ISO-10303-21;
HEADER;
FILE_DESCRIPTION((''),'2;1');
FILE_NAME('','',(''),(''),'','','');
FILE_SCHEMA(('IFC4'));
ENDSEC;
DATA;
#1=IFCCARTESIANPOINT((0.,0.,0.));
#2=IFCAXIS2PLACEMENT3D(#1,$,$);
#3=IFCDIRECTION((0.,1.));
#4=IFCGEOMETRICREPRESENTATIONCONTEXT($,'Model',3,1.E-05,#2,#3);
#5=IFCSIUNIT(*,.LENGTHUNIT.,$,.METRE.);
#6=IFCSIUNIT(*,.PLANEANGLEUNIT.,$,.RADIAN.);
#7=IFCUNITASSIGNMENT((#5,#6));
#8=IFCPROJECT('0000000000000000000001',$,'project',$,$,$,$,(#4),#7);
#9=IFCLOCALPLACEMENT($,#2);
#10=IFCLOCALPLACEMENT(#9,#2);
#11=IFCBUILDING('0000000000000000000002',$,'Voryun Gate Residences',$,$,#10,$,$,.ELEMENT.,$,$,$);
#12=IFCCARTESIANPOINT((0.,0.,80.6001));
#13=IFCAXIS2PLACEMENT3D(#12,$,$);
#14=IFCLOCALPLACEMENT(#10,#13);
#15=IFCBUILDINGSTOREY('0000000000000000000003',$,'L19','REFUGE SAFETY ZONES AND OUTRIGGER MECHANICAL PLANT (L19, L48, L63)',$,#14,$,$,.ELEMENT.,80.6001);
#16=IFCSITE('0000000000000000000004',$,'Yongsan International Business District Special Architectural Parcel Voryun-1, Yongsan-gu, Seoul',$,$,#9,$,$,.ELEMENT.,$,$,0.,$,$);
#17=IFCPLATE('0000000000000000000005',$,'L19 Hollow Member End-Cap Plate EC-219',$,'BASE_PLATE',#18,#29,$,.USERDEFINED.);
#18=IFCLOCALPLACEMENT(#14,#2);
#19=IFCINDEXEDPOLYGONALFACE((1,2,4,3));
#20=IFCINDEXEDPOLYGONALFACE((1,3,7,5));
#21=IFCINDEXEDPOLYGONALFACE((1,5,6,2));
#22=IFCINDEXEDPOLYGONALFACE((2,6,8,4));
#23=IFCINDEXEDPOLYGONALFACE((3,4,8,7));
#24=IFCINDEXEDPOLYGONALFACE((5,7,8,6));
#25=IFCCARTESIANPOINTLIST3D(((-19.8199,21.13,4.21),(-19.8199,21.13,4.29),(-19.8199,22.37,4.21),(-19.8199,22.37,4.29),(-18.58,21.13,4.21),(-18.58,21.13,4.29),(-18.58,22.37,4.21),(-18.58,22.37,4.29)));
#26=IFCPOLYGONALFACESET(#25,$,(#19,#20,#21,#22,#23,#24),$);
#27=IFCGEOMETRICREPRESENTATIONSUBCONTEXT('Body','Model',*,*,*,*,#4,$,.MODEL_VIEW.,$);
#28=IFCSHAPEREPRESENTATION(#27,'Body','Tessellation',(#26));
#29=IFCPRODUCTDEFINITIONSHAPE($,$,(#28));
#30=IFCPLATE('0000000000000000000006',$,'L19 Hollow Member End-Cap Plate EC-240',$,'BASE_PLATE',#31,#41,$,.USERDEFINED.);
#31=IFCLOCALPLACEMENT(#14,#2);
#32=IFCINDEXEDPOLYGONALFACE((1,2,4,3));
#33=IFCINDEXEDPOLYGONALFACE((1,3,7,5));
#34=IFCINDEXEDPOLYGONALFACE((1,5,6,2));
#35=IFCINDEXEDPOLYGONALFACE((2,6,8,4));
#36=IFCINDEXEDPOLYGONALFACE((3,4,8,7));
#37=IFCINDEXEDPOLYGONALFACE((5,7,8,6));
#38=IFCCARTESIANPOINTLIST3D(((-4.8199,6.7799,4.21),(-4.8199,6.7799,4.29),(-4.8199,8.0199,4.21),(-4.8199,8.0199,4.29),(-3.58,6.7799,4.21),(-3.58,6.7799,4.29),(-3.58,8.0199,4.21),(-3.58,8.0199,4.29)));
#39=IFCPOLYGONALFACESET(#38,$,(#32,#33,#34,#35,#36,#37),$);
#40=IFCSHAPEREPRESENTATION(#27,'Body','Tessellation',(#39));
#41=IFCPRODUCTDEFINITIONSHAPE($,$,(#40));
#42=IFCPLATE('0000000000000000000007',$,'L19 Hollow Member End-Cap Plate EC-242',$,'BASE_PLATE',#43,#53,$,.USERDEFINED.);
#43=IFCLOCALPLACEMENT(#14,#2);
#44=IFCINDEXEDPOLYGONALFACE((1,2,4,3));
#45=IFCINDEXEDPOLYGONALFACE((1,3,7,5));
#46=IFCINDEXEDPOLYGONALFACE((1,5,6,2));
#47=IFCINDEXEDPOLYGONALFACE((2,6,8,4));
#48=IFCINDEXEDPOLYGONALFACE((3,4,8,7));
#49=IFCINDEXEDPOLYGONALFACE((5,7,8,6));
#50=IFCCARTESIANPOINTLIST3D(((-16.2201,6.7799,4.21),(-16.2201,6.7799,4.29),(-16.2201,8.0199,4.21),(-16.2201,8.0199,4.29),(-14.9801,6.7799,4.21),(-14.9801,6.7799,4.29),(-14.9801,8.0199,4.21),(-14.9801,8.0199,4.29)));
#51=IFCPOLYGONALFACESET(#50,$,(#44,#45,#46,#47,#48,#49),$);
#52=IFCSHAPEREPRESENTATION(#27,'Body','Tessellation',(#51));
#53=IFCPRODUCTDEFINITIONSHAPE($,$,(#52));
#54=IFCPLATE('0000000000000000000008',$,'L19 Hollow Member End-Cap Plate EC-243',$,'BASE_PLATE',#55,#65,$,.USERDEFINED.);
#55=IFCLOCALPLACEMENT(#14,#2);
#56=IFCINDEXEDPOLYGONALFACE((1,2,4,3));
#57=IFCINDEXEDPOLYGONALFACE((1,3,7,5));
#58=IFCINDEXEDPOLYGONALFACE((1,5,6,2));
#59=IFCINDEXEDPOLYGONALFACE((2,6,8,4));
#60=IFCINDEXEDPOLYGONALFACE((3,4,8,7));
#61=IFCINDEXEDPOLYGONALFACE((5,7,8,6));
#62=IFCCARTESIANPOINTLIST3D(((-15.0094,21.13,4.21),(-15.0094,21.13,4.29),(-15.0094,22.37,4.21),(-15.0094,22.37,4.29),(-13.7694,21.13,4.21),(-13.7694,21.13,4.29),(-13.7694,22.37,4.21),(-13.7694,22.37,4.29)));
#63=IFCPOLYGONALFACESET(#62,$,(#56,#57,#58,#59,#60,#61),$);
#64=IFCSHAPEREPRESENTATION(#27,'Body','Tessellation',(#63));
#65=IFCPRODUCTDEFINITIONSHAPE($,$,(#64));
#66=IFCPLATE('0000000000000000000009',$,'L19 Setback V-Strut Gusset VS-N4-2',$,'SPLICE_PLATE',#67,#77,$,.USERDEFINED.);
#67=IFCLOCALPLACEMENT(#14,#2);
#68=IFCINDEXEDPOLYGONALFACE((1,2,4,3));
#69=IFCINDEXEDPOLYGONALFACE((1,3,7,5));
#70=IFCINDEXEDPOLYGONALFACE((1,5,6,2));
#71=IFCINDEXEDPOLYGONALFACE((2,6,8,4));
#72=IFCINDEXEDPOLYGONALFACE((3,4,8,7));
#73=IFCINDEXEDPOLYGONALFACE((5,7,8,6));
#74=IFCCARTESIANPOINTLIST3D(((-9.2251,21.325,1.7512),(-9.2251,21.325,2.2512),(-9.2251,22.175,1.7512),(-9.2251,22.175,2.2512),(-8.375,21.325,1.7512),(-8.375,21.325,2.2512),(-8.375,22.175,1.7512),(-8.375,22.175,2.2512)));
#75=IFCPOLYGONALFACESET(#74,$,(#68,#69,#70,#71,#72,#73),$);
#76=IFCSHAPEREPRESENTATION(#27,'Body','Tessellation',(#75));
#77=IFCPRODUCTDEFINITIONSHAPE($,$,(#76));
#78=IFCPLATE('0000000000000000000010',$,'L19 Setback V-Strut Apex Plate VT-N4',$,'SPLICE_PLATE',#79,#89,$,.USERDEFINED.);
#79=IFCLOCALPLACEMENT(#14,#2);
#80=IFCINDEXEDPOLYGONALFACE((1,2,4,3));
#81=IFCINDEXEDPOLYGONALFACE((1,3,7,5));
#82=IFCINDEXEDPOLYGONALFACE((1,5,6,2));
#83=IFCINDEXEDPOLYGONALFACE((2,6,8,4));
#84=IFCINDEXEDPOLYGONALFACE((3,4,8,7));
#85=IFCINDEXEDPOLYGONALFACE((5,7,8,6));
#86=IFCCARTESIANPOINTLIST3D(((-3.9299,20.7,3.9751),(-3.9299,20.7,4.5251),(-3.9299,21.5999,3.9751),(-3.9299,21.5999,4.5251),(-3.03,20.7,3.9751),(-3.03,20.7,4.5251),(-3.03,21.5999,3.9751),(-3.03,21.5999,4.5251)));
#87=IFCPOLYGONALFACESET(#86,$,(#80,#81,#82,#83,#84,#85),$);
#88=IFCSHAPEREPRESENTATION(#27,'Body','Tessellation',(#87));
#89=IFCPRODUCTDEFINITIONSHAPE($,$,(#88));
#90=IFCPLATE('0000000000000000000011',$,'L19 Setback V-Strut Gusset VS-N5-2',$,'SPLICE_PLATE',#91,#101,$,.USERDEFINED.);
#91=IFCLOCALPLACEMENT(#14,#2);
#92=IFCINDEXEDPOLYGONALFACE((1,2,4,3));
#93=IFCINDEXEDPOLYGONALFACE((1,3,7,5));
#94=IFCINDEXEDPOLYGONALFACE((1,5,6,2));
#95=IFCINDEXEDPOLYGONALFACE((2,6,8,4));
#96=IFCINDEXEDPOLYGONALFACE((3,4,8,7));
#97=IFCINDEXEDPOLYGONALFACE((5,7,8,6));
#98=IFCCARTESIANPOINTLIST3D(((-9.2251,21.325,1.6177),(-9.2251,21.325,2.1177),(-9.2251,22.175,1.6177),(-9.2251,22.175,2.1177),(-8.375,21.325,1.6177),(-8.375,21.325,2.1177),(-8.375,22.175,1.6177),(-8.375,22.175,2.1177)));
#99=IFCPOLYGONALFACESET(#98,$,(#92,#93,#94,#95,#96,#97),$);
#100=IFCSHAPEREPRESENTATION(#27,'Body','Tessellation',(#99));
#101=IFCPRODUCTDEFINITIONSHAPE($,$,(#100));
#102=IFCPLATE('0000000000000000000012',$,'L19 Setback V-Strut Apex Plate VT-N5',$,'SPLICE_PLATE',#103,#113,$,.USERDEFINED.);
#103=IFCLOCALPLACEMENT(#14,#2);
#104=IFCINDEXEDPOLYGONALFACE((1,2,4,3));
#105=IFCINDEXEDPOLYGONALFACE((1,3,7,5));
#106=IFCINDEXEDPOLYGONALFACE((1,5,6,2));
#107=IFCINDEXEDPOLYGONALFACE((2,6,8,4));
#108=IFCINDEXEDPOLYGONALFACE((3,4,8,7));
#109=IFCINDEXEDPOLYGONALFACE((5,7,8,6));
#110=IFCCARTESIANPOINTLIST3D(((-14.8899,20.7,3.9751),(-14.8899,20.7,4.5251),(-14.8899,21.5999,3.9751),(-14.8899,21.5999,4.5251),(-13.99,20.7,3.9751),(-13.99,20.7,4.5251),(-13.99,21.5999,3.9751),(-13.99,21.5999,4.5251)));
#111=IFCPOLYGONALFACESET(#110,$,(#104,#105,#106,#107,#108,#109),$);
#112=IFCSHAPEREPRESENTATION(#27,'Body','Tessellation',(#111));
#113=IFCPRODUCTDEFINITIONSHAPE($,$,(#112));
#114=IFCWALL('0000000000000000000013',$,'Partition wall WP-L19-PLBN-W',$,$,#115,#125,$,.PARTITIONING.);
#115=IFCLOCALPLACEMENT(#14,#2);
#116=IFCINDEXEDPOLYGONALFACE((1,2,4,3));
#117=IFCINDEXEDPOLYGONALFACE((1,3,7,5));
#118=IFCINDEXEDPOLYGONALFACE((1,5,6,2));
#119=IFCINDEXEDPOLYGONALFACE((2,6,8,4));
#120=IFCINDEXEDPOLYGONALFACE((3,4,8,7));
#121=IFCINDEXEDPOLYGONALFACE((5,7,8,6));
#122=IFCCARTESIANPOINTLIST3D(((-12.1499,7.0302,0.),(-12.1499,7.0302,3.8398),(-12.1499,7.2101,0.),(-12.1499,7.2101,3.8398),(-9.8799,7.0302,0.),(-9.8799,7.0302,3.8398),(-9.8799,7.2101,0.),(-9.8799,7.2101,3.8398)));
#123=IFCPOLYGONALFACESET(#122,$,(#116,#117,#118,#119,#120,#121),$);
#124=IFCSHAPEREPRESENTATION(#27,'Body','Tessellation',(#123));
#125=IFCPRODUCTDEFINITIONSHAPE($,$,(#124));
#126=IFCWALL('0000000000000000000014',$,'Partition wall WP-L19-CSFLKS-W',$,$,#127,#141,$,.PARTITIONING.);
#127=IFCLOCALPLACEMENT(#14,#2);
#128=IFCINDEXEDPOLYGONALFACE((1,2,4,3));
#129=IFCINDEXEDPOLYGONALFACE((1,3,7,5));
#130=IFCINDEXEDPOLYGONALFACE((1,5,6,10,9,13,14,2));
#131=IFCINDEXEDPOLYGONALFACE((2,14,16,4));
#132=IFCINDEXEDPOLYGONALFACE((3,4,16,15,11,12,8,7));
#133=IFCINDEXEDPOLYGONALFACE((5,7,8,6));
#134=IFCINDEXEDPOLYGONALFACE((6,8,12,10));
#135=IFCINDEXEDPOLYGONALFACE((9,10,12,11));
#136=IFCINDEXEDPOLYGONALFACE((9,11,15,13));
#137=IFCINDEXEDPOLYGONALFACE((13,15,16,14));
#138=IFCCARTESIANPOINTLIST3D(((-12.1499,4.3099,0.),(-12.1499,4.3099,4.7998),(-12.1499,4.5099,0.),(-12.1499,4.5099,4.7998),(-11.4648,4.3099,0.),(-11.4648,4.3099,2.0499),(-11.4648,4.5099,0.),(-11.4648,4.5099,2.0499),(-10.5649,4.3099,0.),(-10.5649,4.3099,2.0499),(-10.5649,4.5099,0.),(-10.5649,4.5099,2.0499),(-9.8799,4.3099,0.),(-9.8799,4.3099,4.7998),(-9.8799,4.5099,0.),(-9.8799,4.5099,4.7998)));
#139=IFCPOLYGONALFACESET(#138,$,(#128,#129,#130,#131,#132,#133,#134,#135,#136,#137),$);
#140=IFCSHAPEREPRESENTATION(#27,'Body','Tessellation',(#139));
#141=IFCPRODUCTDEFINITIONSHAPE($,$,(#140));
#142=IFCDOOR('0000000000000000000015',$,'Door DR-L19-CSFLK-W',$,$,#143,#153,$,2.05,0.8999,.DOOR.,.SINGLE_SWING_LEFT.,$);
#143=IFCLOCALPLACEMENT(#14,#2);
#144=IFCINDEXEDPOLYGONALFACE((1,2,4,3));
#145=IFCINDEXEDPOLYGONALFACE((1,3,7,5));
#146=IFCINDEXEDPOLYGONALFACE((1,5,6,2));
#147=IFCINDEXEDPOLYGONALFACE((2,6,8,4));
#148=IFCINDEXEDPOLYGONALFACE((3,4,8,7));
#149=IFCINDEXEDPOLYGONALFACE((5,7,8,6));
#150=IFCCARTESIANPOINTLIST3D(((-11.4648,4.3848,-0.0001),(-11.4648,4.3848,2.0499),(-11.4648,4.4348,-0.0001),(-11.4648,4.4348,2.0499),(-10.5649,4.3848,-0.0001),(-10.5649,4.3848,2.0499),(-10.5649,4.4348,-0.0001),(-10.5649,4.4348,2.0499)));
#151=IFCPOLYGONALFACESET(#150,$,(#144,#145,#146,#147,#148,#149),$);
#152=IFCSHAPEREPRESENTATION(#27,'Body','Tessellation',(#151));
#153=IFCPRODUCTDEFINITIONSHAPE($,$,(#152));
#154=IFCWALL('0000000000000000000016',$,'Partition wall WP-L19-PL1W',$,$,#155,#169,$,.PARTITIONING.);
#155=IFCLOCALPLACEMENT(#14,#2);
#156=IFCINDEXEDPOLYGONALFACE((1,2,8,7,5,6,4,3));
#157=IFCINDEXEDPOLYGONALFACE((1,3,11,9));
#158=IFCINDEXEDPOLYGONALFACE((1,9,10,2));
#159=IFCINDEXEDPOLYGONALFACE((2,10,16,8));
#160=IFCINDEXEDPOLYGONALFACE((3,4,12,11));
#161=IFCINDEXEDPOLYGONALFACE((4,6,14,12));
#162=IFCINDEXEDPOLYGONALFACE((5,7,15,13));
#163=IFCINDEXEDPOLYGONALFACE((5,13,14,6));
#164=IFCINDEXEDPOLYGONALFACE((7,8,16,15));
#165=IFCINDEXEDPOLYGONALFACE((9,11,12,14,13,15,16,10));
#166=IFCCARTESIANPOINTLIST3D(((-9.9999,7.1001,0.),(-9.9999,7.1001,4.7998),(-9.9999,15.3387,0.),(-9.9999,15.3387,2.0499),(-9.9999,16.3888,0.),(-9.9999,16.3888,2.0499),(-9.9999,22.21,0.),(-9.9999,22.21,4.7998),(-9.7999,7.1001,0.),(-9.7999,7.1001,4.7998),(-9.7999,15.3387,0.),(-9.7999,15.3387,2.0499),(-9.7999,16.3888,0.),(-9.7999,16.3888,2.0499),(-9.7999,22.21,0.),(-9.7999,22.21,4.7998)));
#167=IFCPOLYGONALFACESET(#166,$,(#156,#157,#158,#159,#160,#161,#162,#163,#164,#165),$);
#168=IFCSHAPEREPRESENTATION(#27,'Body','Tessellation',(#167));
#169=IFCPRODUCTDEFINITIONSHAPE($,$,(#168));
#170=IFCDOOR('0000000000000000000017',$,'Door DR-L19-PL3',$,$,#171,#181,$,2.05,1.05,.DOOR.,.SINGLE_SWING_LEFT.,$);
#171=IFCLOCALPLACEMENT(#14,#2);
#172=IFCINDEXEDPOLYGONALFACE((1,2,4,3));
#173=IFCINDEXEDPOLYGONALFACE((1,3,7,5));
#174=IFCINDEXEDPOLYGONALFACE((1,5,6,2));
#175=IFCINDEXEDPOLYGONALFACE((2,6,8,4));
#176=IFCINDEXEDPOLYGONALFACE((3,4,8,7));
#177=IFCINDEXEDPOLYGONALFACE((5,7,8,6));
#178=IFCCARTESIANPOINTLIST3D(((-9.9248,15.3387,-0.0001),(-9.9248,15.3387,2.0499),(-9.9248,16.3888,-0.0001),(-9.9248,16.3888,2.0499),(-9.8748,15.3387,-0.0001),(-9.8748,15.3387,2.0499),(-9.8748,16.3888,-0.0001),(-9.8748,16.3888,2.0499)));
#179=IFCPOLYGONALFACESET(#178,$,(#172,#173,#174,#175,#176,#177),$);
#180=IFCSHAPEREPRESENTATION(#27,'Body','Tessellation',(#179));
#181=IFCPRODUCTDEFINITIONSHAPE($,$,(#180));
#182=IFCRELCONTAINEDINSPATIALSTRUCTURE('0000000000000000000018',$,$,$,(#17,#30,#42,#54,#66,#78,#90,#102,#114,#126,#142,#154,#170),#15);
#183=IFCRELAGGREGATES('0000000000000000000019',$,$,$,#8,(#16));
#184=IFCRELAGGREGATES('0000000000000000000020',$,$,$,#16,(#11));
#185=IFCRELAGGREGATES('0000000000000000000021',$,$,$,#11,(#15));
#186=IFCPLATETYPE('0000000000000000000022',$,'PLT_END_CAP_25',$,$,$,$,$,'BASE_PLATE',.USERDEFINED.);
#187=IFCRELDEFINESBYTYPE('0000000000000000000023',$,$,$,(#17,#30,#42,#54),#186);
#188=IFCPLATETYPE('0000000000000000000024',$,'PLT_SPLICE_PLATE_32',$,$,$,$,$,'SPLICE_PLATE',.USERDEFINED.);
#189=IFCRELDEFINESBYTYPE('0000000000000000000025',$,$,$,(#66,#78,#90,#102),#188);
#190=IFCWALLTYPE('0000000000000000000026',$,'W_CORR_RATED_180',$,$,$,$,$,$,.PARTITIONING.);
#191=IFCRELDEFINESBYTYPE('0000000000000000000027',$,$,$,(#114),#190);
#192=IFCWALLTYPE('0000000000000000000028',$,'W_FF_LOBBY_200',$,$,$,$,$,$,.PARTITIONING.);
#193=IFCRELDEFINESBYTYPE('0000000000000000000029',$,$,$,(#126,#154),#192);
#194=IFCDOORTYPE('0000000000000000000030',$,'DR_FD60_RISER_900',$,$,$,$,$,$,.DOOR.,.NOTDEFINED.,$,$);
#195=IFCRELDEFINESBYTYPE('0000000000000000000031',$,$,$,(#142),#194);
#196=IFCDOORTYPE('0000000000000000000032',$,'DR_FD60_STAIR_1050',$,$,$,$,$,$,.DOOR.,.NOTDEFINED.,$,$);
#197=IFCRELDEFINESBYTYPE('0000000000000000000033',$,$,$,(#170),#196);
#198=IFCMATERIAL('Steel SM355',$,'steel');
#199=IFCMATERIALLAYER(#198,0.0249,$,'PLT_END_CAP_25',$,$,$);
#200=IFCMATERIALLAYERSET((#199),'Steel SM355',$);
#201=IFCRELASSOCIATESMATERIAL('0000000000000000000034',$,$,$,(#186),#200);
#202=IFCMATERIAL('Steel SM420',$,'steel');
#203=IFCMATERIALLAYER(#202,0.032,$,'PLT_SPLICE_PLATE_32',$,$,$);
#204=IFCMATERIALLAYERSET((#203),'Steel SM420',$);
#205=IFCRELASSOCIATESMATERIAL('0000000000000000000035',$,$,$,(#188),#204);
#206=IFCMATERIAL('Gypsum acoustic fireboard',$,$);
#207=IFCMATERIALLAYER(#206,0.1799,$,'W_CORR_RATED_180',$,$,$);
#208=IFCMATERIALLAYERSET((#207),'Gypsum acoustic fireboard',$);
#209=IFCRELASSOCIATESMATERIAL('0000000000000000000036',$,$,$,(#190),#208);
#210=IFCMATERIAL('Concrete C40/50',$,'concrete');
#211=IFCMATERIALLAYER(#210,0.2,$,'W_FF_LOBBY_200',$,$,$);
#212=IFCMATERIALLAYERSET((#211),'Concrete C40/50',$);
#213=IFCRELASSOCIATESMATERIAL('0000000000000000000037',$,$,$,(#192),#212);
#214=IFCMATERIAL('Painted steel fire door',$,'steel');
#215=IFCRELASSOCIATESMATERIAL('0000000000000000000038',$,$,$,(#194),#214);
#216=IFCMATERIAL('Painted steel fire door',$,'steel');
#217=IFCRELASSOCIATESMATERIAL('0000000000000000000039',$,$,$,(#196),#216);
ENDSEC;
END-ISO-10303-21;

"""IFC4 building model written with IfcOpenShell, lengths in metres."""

from ifc_helpers import new_model, si_unit, direction, frame, frame_2d, origin, origin_2d, place, context, subcontext, project, spatial, rectangle, extrude, material, layer, layer_set, type_object, element, fill, save


model = new_model("IFC4")

# Units and contexts
model_context = context("Model", 3, precision=1e-05, world=origin(), true_north=direction((0.0, 1.0)))
body_context = subcontext(model_context, "Body", "Model", "MODEL_VIEW")
ifc_project = project(units=[si_unit("LENGTHUNIT", "METRE"), si_unit("PLANEANGLEUNIT", "RADIAN")], contexts=[model_context])

# Site, building, storey
site_placement = place(None, origin())
site = spatial("IfcSite", under=ifc_project, at=site_placement, Name="Yongsan International Business District Special Architectural Parcel Voryun-1, Yongsan-gu, Seoul", CompositionType="ELEMENT", RefElevation=0.0)
building_placement = place(site_placement, origin())
building = spatial("IfcBuilding", under=site, at=building_placement, Name="Voryun Gate Residences", CompositionType="ELEMENT")
storey_placement = place(building_placement, frame((0.0, 0.0, 80.6001)))
storey = spatial("IfcBuildingStorey", under=building, at=storey_placement, Name="L19", Description="REFUGE SAFETY ZONES AND OUTRIGGER MECHANICAL PLANT (L19, L48, L63)", CompositionType="ELEMENT", Elevation=80.6001)

# Plates
ifc_material_1 = material(Name="Steel SM355", Category="steel")
ifc_layer_1 = layer(ifc_material_1, 0.0249, Name="PLT_END_CAP_25")
ifc_layer_set_1 = layer_set([ifc_layer_1], Name="Steel SM355")
plate_type_1 = type_object("IfcPlateType", Name="PLT_END_CAP_25", ElementType="BASE_PLATE", PredefinedType="USERDEFINED", material=ifc_layer_set_1)
for number, where, z_axis, x_axis, name in (
    (1, (-19.2, 21.75, 4.21), (0.0, 0.0, 1.0), (1.0, 0.0, 0.0), "L19 Hollow Member End-Cap Plate EC-219"),
    (2, (-4.2, 7.3999, 4.21), (0.0, 0.0, 1.0), (1.0, 0.0, 0.0), "L19 Hollow Member End-Cap Plate EC-240"),
    (3, (-15.6001, 7.3999, 4.21), (0.0, 0.0, 1.0), (1.0, 0.0, 0.0), "L19 Hollow Member End-Cap Plate EC-242"),
    (4, (-14.3894, 21.75, 4.21), (0.0, 0.0, 1.0), (1.0, 0.0, 0.0), "L19 Hollow Member End-Cap Plate EC-243"),
):
    element("IfcPlate", number, at=place(storey_placement, frame(where, z_axis=z_axis, x_axis=x_axis)), inside=storey, type_object=plate_type_1, Name=name, ObjectType="BASE_PLATE", PredefinedType="USERDEFINED", context=body_context, shape_type="SweptSolid", body=[
        extrude(rectangle(XDim=1.24, YDim=1.24, at=origin_2d()), origin(), (0.0, 0.0, 1.0), 0.0801),
    ])
ifc_material_2 = material(Name="Steel SM420", Category="steel")
ifc_layer_2 = layer(ifc_material_2, 0.032, Name="PLT_SPLICE_PLATE_32")
ifc_layer_set_2 = layer_set([ifc_layer_2], Name="Steel SM420")
plate_type_2 = type_object("IfcPlateType", Name="PLT_SPLICE_PLATE_32", ElementType="SPLICE_PLATE", PredefinedType="USERDEFINED", material=ifc_layer_set_2)
plate_1_placement = place(storey_placement, frame((-8.8, 21.75, 1.7512), z_axis=(0.0, 0.0, 1.0), x_axis=(1.0, 0.0, 0.0)))
element("IfcPlate", 5, at=plate_1_placement, inside=storey, type_object=plate_type_2, Name="L19 Setback V-Strut Gusset VS-N4-2", ObjectType="SPLICE_PLATE", PredefinedType="USERDEFINED", context=body_context, shape_type="SweptSolid", body=[
    extrude(rectangle(XDim=0.8501, YDim=0.8501, at=origin_2d()), origin(), (0.0, 0.0, 1.0), 0.5),
])
plate_2_placement = place(storey_placement, frame((-3.48, 21.1499, 3.9751), z_axis=(0.0, 0.0, 1.0), x_axis=(1.0, 0.0, 0.0)))
element("IfcPlate", 6, at=plate_2_placement, inside=storey, type_object=plate_type_2, Name="L19 Setback V-Strut Apex Plate VT-N4", ObjectType="SPLICE_PLATE", PredefinedType="USERDEFINED", context=body_context, shape_type="SweptSolid", body=[
    extrude(rectangle(XDim=0.8999, YDim=0.8999, at=origin_2d()), origin(), (0.0, 0.0, 1.0), 0.55),
])
plate_3_placement = place(storey_placement, frame((-8.8, 21.75, 1.6177), z_axis=(0.0, 0.0, 1.0), x_axis=(1.0, 0.0, 0.0)))
element("IfcPlate", 7, at=plate_3_placement, inside=storey, type_object=plate_type_2, Name="L19 Setback V-Strut Gusset VS-N5-2", ObjectType="SPLICE_PLATE", PredefinedType="USERDEFINED", context=body_context, shape_type="SweptSolid", body=[
    extrude(rectangle(XDim=0.8501, YDim=0.8501, at=origin_2d()), origin(), (0.0, 0.0, 1.0), 0.5),
])
plate_4_placement = place(storey_placement, frame((-14.4399, 21.1499, 3.9751), z_axis=(0.0, 0.0, 1.0), x_axis=(1.0, 0.0, 0.0)))
element("IfcPlate", 8, at=plate_4_placement, inside=storey, type_object=plate_type_2, Name="L19 Setback V-Strut Apex Plate VT-N5", ObjectType="SPLICE_PLATE", PredefinedType="USERDEFINED", context=body_context, shape_type="SweptSolid", body=[
    extrude(rectangle(XDim=0.8999, YDim=0.8999, at=origin_2d()), origin(), (0.0, 0.0, 1.0), 0.55),
])

# Wall
ifc_material_3 = material(Name="Gypsum acoustic fireboard")
ifc_layer_3 = layer(ifc_material_3, 0.1799, Name="W_CORR_RATED_180")
ifc_layer_set_3 = layer_set([ifc_layer_3], Name="Gypsum acoustic fireboard")
wall_type_1 = type_object("IfcWallType", Name="W_CORR_RATED_180", PredefinedType="PARTITIONING", material=ifc_layer_set_3)
wall_1_placement = place(storey_placement, frame((-12.1499, 7.1201, 0.0), z_axis=(0.0, 0.0, 1.0), x_axis=(1.0, 0.0, 0.0)))
element("IfcWall", 9, at=wall_1_placement, inside=storey, type_object=wall_type_1, Name="Partition wall WP-L19-PLBN-W", PredefinedType="PARTITIONING", context=body_context, shape_type="SweptSolid", body=[
    extrude(rectangle(XDim=2.27, YDim=0.1799, at=frame_2d((1.135, 0.0))), origin(), (0.0, 0.0, 1.0), 3.8398),
])

# Walls, openings, doors
ifc_material_4 = material(Name="Concrete C40/50", Category="concrete")
ifc_layer_4 = layer(ifc_material_4, 0.2, Name="W_FF_LOBBY_200")
ifc_layer_set_4 = layer_set([ifc_layer_4], Name="Concrete C40/50")
wall_type_2 = type_object("IfcWallType", Name="W_FF_LOBBY_200", PredefinedType="PARTITIONING", material=ifc_layer_set_4)
wall_2_placement = place(storey_placement, frame((-12.1499, 4.4099, 0.0), z_axis=(0.0, 0.0, 1.0), x_axis=(1.0, 0.0, 0.0)))
wall_2 = element("IfcWall", 10, at=wall_2_placement, inside=storey, type_object=wall_type_2, Name="Partition wall WP-L19-CSFLKS-W", PredefinedType="PARTITIONING", context=body_context, shape_type="SweptSolid", body=[
    extrude(rectangle(XDim=2.27, YDim=0.2, at=frame_2d((1.135, 0.0))), origin(), (0.0, 0.0, 1.0), 4.7998),
])
opening_1_placement = place(wall_2_placement, frame((0.6851, 0.0, 0.0)))
opening_1 = element("IfcOpeningElement", 11, at=opening_1_placement, cuts=wall_2, PredefinedType="OPENING", context=body_context, shape_type="SweptSolid", body=[
    extrude(rectangle(XDim=0.8999, YDim=2.05, at=frame_2d((0.45, 1.0249))), frame((0.0, 0.1101, 0.0), z_axis=(0.0, -1.0, 0.0), x_axis=(1.0, 0.0, 0.0)), (0.0, 0.0, 1.0), 0.22),
])
ifc_material_5 = material(Name="Painted steel fire door", Category="steel")
door_type_1 = type_object("IfcDoorType", Name="DR_FD60_RISER_900", OperationType="NOTDEFINED", PredefinedType="DOOR", material=ifc_material_5)
door_1_placement = place(opening_1_placement, origin())
door_1 = element("IfcDoor", 12, at=door_1_placement, inside=storey, type_object=door_type_1, Name="Door DR-L19-CSFLK-W", OperationType="SINGLE_SWING_LEFT", OverallHeight=2.05, OverallWidth=0.8999, PredefinedType="DOOR", context=body_context, shape_type="SweptSolid", body=[
    extrude(rectangle(XDim=0.8999, YDim=2.05, at=frame_2d((0.45, 1.0249))), frame((0.0, 0.0249, 0.0), z_axis=(0.0, -1.0, 0.0), x_axis=(1.0, 0.0, 0.0)), (0.0, 0.0, 1.0), 0.05),
])
fill(opening_1, door_1)
wall_3_placement = place(storey_placement, frame((-9.8999, 7.1001, 0.0), z_axis=(0.0, 0.0, 1.0), x_axis=(0.0, 1.0, 0.0)))
wall_3 = element("IfcWall", 13, at=wall_3_placement, inside=storey, type_object=wall_type_2, Name="Partition wall WP-L19-PL1W", PredefinedType="PARTITIONING", context=body_context, shape_type="SweptSolid", body=[
    extrude(rectangle(XDim=15.1099, YDim=0.2, at=frame_2d((7.5549, 0.0))), origin(), (0.0, 0.0, 1.0), 4.7998),
])
opening_2_placement = place(wall_3_placement, frame((8.2388, 0.0, 0.0)))
opening_2 = element("IfcOpeningElement", 14, at=opening_2_placement, cuts=wall_3, PredefinedType="OPENING", context=body_context, shape_type="SweptSolid", body=[
    extrude(rectangle(XDim=1.05, YDim=2.05, at=frame_2d((0.5249, 1.0249))), frame((0.0, 0.1101, 0.0), z_axis=(0.0, -1.0, 0.0), x_axis=(1.0, 0.0, 0.0)), (0.0, 0.0, 1.0), 0.22),
])
ifc_material_6 = material(Name="Painted steel fire door", Category="steel")
door_type_2 = type_object("IfcDoorType", Name="DR_FD60_STAIR_1050", OperationType="NOTDEFINED", PredefinedType="DOOR", material=ifc_material_6)
door_2_placement = place(opening_2_placement, origin())
door_2 = element("IfcDoor", 15, at=door_2_placement, inside=storey, type_object=door_type_2, Name="Door DR-L19-PL3", OperationType="SINGLE_SWING_LEFT", OverallHeight=2.05, OverallWidth=1.05, PredefinedType="DOOR", context=body_context, shape_type="SweptSolid", body=[
    extrude(rectangle(XDim=1.05, YDim=2.05, at=frame_2d((0.5249, 1.0249))), frame((0.0, 0.0249, 0.0), z_axis=(0.0, -1.0, 0.0), x_axis=(1.0, 0.0, 0.0)), (0.0, 0.0, 1.0), 0.05),
])
fill(opening_2, door_2)

save(model, "model.ifc")
